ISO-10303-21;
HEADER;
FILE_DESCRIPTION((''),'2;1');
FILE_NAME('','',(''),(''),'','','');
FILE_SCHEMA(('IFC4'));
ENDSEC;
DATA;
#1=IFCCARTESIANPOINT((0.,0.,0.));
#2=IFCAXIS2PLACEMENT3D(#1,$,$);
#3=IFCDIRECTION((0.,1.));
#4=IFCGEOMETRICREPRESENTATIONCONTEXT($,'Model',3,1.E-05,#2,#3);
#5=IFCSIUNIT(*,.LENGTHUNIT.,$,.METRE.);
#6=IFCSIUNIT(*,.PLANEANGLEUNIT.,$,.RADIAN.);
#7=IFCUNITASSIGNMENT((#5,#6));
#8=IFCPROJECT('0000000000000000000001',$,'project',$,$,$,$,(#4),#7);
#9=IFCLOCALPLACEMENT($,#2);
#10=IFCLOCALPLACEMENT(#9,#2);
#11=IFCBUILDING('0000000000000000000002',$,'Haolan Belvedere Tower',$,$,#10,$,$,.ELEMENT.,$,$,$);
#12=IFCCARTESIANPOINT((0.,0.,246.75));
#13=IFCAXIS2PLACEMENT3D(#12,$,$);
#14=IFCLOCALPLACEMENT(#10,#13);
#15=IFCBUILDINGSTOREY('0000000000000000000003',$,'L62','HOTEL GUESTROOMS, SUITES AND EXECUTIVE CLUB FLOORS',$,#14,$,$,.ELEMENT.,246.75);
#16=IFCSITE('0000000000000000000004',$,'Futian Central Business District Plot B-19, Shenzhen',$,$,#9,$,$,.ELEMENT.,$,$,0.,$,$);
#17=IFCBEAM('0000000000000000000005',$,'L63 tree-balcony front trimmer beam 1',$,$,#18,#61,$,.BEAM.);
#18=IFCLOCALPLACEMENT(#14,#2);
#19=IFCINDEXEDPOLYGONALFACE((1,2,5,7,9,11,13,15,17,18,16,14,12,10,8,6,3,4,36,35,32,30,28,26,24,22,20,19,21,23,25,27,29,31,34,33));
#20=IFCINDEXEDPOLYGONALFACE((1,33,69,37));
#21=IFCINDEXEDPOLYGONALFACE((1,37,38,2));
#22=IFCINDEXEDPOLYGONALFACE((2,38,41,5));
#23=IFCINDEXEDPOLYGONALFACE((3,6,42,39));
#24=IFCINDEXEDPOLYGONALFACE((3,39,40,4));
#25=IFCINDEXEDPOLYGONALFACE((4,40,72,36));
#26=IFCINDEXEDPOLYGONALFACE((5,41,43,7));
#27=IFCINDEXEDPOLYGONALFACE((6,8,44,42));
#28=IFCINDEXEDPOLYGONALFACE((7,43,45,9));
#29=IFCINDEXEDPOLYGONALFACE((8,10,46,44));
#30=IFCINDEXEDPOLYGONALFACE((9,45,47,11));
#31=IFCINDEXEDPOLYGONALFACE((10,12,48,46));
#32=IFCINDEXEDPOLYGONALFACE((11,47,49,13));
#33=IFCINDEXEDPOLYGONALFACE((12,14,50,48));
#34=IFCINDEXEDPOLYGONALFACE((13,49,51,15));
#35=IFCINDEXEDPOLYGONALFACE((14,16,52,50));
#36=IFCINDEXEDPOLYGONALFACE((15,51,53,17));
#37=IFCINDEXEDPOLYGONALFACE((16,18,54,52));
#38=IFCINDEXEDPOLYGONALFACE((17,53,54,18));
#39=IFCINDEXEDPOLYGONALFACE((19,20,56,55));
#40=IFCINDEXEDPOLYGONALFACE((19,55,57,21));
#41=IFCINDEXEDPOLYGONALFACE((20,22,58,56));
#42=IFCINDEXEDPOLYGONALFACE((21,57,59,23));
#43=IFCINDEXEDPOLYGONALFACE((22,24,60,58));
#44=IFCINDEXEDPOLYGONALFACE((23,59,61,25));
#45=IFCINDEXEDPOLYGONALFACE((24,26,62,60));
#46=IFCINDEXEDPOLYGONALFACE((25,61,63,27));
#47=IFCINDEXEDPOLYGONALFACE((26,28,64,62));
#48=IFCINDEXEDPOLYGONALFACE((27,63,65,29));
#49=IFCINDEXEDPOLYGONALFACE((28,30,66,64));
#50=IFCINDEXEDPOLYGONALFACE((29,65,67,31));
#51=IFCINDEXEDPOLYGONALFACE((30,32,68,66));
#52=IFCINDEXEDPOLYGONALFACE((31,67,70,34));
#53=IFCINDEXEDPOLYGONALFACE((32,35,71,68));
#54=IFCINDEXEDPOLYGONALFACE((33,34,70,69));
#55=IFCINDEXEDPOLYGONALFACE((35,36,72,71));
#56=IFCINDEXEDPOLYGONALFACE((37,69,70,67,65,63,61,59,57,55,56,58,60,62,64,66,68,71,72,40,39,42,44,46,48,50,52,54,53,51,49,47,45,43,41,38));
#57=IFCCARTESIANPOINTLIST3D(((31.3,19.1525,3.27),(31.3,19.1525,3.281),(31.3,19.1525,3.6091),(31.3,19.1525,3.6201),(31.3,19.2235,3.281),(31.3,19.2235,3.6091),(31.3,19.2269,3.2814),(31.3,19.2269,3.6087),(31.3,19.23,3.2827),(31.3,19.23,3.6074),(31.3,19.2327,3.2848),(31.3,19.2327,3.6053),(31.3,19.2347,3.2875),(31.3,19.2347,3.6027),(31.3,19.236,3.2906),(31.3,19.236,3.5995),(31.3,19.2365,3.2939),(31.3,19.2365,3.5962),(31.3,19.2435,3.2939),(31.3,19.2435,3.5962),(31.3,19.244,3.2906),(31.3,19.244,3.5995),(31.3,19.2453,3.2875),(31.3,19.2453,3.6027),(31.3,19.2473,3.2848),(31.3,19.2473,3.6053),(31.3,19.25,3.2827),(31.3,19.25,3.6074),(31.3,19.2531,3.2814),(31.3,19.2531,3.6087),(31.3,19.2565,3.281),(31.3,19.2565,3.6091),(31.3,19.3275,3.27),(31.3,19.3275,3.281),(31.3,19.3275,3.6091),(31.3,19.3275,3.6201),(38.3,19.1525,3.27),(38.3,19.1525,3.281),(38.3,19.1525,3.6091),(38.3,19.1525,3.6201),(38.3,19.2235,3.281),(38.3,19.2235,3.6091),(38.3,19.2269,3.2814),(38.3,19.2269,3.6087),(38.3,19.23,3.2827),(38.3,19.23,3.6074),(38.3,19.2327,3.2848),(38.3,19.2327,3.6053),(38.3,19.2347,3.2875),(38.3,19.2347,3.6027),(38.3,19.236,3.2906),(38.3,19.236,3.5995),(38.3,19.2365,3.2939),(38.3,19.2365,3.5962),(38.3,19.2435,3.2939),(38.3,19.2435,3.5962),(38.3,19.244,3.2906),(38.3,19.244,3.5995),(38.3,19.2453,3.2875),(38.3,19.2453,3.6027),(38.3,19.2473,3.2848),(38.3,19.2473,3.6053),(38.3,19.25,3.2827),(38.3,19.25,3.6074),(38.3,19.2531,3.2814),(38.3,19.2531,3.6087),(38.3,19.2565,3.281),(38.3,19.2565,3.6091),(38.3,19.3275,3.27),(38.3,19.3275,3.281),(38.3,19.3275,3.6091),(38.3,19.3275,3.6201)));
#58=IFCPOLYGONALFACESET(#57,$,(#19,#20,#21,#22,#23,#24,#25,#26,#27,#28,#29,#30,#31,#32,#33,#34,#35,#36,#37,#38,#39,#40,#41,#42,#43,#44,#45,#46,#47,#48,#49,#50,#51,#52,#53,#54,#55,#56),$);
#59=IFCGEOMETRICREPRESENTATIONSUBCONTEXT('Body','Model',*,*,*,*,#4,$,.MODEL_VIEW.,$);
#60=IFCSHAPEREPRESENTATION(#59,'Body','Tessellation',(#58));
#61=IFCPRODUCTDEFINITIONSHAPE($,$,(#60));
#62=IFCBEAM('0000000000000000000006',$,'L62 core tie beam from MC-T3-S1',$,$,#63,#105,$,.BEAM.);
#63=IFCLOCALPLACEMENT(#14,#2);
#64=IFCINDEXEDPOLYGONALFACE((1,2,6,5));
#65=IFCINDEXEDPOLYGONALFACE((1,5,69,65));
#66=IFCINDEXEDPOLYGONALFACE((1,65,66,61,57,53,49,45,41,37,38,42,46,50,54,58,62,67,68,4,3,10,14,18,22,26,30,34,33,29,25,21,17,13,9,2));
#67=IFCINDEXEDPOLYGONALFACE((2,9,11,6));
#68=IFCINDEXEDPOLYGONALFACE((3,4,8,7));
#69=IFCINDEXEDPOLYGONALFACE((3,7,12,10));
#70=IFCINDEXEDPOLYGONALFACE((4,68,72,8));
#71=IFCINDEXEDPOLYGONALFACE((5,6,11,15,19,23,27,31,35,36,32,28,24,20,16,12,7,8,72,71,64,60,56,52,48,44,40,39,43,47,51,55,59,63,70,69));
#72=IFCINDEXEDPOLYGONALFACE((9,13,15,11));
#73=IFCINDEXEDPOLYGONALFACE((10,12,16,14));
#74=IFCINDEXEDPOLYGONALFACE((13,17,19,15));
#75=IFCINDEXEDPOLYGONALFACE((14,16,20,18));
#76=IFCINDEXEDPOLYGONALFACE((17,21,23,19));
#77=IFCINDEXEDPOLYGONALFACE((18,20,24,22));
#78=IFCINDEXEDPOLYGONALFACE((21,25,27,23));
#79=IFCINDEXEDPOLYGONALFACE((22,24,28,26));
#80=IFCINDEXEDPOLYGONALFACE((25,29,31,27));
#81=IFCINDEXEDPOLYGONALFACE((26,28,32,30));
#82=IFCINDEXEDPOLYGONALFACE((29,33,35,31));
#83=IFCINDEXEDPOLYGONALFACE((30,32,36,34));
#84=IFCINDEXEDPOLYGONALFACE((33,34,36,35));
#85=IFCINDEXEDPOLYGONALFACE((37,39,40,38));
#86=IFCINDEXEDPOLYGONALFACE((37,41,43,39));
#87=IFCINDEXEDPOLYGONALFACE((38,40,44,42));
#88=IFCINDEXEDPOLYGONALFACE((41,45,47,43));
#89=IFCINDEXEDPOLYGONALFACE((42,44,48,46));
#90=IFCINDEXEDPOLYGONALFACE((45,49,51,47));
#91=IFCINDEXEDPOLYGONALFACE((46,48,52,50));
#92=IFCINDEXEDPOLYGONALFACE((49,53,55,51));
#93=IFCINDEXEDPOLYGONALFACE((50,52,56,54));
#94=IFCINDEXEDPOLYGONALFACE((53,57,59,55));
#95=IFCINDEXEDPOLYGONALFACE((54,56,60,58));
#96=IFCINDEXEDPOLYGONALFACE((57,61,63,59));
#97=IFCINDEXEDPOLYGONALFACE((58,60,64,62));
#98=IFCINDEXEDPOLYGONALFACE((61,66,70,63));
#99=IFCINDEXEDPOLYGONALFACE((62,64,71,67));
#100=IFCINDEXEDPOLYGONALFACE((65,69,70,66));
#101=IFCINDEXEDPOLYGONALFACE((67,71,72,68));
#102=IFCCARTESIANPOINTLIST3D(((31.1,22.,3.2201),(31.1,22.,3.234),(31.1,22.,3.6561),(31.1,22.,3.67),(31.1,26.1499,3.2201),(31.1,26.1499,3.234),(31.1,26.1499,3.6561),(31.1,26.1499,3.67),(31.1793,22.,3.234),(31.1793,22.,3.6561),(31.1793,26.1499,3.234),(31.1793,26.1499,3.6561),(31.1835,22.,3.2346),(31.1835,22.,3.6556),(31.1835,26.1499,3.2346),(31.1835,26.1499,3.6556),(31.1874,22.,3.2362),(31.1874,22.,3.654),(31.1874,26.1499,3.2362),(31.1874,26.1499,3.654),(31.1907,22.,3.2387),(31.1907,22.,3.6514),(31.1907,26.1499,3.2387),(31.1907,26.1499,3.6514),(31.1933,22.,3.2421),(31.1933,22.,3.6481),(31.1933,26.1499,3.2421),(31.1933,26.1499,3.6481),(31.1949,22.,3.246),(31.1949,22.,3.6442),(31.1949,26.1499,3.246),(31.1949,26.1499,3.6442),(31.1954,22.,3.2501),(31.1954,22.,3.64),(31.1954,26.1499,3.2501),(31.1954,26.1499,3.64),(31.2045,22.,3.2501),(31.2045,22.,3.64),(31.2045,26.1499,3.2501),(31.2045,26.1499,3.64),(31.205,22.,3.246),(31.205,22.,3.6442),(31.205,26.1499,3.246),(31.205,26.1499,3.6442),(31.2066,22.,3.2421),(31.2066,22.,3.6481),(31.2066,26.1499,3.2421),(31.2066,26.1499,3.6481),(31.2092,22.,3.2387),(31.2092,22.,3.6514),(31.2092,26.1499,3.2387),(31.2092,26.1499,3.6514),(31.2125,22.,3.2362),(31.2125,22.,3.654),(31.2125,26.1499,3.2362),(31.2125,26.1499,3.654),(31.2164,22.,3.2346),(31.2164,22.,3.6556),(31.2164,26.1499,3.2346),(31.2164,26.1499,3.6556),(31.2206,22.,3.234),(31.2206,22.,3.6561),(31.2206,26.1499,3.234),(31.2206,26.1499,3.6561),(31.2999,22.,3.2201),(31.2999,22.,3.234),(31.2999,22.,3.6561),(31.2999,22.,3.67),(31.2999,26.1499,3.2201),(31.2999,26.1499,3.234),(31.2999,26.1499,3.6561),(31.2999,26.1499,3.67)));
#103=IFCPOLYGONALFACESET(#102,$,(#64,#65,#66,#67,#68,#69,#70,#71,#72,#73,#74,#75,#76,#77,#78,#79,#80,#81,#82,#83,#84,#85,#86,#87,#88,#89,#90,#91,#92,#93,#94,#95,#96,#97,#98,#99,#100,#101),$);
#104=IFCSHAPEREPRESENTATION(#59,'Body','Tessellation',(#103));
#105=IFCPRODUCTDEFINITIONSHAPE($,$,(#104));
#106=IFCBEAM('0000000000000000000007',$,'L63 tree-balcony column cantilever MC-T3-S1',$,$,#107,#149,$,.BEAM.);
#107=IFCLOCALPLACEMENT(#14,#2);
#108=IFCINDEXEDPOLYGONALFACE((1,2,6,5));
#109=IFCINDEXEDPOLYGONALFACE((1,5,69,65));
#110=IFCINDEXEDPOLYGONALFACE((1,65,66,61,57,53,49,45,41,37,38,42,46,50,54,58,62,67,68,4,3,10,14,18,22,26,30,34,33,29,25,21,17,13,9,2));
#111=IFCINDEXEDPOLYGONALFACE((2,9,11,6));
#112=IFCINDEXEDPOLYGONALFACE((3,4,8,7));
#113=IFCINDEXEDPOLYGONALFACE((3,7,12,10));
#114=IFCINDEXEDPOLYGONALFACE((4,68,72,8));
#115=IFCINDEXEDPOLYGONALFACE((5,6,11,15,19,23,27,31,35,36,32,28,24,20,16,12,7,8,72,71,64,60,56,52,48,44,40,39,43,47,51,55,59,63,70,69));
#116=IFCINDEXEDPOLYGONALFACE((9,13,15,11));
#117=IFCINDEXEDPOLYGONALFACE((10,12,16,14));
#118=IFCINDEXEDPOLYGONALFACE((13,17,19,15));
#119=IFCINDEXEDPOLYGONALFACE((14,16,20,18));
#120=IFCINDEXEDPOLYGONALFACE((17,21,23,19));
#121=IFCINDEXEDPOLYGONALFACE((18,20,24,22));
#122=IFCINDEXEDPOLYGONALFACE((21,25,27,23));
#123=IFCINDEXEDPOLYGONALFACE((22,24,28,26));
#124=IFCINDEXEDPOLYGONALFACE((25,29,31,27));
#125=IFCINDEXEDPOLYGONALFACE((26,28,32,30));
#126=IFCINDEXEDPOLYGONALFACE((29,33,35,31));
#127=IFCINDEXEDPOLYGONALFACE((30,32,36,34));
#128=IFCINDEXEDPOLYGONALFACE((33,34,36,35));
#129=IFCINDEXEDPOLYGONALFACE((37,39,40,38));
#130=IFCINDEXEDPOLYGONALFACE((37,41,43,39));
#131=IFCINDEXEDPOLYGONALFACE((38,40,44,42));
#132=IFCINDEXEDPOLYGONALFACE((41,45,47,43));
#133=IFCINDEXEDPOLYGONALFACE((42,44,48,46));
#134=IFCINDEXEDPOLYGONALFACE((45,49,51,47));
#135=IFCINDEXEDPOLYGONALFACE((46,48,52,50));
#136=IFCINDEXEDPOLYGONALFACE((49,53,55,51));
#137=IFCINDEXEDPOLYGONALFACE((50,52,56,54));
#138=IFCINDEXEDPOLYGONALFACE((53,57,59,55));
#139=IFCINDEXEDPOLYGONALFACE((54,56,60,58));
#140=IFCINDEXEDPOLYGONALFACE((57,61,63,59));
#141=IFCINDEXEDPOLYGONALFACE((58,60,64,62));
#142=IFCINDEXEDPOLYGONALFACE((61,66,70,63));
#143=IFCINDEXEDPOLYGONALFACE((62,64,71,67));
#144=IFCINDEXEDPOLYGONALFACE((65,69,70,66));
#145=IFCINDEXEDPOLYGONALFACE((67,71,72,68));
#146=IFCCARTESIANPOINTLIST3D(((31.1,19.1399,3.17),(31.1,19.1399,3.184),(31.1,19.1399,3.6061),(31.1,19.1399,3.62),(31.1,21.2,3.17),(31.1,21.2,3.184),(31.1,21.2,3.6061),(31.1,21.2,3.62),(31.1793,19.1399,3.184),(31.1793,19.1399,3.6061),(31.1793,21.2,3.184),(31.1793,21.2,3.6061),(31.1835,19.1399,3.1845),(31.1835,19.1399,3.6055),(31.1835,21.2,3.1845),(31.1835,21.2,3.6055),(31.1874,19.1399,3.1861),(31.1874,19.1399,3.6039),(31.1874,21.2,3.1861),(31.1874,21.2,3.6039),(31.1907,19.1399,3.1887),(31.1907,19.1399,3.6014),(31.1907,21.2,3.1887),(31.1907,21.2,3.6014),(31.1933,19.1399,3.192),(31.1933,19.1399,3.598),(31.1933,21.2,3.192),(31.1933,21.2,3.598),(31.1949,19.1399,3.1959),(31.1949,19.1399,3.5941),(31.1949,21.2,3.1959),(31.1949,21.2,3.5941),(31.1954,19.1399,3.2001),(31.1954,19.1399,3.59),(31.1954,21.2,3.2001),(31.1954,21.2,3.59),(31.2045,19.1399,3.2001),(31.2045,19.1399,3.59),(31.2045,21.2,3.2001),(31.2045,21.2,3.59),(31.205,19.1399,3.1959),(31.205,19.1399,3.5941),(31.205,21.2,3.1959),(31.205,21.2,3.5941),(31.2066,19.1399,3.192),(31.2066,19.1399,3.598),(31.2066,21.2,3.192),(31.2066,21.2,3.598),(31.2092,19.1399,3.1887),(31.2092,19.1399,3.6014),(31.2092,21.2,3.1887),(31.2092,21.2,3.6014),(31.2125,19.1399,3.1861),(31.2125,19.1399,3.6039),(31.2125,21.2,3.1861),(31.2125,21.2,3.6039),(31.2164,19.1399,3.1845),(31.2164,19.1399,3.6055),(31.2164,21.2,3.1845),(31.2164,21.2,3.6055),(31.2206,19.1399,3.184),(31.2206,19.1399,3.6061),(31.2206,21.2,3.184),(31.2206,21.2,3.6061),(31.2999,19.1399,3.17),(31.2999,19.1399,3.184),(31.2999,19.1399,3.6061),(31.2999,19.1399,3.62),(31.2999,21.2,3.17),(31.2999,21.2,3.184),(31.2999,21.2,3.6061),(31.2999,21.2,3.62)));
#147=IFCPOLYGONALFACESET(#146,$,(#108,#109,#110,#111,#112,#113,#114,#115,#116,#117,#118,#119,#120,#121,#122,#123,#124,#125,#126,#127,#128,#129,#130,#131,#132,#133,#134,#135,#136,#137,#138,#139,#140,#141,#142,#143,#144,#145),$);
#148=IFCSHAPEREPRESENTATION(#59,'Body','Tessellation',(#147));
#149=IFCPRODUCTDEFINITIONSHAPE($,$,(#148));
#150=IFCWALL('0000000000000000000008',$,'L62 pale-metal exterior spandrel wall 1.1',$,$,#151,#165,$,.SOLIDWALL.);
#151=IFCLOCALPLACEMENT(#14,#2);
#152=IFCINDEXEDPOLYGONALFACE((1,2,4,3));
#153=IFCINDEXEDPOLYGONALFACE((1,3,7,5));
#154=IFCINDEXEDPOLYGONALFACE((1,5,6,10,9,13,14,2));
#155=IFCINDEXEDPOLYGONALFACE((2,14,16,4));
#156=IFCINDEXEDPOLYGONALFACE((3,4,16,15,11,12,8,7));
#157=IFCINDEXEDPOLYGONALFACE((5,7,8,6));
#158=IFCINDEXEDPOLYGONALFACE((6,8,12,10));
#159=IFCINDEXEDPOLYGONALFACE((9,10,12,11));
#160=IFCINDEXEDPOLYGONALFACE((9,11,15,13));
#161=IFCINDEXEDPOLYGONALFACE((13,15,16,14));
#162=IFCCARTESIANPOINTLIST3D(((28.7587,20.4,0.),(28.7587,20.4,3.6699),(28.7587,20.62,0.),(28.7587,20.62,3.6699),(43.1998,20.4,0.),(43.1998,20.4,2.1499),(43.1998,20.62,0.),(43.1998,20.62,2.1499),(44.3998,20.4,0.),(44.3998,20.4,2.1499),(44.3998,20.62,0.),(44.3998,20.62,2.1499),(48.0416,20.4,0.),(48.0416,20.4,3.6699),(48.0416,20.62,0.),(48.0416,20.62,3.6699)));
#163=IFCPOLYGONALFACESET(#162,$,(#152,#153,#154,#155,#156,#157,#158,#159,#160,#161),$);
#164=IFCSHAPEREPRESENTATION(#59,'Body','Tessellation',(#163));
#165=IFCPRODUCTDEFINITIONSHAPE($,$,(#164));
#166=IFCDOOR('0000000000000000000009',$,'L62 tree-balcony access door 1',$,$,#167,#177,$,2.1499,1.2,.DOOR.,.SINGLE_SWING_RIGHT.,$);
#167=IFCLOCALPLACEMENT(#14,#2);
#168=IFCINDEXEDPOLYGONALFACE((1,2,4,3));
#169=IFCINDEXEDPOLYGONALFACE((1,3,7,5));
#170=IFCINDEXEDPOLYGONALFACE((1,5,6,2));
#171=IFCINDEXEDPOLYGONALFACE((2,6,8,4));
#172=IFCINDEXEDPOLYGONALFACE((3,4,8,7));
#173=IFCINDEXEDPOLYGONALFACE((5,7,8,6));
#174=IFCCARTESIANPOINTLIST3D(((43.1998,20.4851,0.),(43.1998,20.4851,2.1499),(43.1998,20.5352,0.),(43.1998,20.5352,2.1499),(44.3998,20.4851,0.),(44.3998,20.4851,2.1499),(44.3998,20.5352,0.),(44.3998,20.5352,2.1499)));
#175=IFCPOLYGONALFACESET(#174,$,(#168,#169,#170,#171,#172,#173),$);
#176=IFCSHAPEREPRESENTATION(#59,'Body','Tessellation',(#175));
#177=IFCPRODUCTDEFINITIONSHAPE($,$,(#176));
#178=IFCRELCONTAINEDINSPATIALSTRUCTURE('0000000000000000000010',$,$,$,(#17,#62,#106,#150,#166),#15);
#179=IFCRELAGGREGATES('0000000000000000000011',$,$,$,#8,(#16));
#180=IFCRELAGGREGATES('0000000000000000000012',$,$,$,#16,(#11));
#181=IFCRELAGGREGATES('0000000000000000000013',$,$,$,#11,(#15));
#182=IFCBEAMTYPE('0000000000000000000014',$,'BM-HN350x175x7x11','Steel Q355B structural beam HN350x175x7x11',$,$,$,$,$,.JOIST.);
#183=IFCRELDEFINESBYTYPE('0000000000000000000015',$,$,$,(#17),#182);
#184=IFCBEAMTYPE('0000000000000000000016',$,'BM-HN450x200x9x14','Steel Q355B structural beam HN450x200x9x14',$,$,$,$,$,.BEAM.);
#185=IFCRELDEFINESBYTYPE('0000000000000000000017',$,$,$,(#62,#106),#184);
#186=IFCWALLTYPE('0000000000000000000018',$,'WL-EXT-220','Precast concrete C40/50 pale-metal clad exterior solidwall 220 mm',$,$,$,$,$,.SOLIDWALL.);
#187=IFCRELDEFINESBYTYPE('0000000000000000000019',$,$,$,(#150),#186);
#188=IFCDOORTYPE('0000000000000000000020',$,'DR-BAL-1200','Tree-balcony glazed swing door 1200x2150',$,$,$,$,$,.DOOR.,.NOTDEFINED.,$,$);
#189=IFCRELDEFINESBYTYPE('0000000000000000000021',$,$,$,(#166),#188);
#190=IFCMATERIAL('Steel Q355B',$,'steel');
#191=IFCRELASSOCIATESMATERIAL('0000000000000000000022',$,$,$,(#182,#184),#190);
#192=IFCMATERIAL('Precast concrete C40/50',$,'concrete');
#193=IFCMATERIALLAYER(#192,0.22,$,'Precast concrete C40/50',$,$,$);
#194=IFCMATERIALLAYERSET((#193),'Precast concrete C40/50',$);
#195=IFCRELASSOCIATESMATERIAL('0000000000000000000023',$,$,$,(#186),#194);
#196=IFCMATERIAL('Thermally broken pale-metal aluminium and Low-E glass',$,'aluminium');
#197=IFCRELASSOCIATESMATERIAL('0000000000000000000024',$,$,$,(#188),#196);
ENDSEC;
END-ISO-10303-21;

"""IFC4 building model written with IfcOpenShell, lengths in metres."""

from ifc_helpers import new_model, si_unit, direction, frame, frame_2d, origin, origin_2d, place, context, subcontext, project, spatial, rectangle, i_section, extrude, material, layer, layer_set, material_profile, profile_set, type_object, element, fill, save


model = new_model("IFC4")

# Units and contexts
model_context = context("Model", 3, precision=1e-05, world=origin(), true_north=direction((0.0, 1.0)))
body_context = subcontext(model_context, "Body", "Model", "MODEL_VIEW")
ifc_project = project(units=[si_unit("LENGTHUNIT", "METRE"), si_unit("PLANEANGLEUNIT", "RADIAN")], contexts=[model_context])

# Site, building, storey
site_placement = place(None, origin())
site = spatial("IfcSite", under=ifc_project, at=site_placement, Name="Futian Central Business District Plot B-19, Shenzhen", CompositionType="ELEMENT", RefElevation=0.0)
building_placement = place(site_placement, origin())
building = spatial("IfcBuilding", under=site, at=building_placement, Name="Haolan Belvedere Tower", CompositionType="ELEMENT")
storey_placement = place(building_placement, frame((0.0, 0.0, 246.75)))
storey = spatial("IfcBuildingStorey", under=building, at=storey_placement, Name="L62", Description="HOTEL GUESTROOMS, SUITES AND EXECUTIVE CLUB FLOORS", CompositionType="ELEMENT", Elevation=246.75)

# Beams
ifc_material_1 = material(Name="Steel Q355B", Category="steel")
ifc_material_profile_1 = material_profile(ifc_material_1, i_section(OverallWidth=0.175, OverallDepth=0.3501, WebThickness=0.0071, FlangeThickness=0.011, FilletRadius=0.0129, at=origin_2d()), Name="Steel Q355B")
ifc_profile_set_1 = profile_set([ifc_material_profile_1], Name="Steel Q355B")
beam_type_1 = type_object("IfcBeamType", Name="BM-HN350x175x7x11", Description="Steel Q355B structural beam HN350x175x7x11", PredefinedType="JOIST", material=ifc_profile_set_1)
beam_1_placement = place(storey_placement, frame((31.3, 19.24, 3.4451), z_axis=(1.0, 0.0, 0.0), x_axis=(0.0, 1.0, 0.0)))
element("IfcBeam", 1, at=beam_1_placement, inside=storey, type_object=beam_type_1, Name="L63 tree-balcony front trimmer beam 1", PredefinedType="BEAM", context=body_context, shape_type="SweptSolid", body=[
    extrude(i_section(OverallWidth=0.175, OverallDepth=0.3501, WebThickness=0.0071, FlangeThickness=0.011, FilletRadius=0.0129, at=origin_2d()), origin(), (0.0, 0.0, 1.0), 7.0),
])
ifc_material_profile_2 = material_profile(ifc_material_1, i_section(OverallWidth=0.2, OverallDepth=0.45, WebThickness=0.009, FlangeThickness=0.0139, FilletRadius=0.0161, at=origin_2d()), Name="Steel Q355B")
ifc_profile_set_2 = profile_set([ifc_material_profile_2], Name="Steel Q355B")
beam_type_2 = type_object("IfcBeamType", Name="BM-HN450x200x9x14", Description="Steel Q355B structural beam HN450x200x9x14", PredefinedType="BEAM", material=ifc_profile_set_2)
beam_2_placement = place(storey_placement, frame((31.2, 22.0, 3.4451), z_axis=(0.0, 1.0, 0.0), x_axis=(-1.0, 0.0, 0.0)))
element("IfcBeam", 2, at=beam_2_placement, inside=storey, type_object=beam_type_2, Name="L62 core tie beam from MC-T3-S1", PredefinedType="BEAM", context=body_context, shape_type="SweptSolid", body=[
    extrude(i_section(OverallWidth=0.2, OverallDepth=0.45, WebThickness=0.009, FlangeThickness=0.0139, FilletRadius=0.0161, at=origin_2d()), origin(), (0.0, 0.0, 1.0), 4.1499),
])
beam_3_placement = place(storey_placement, frame((31.2, 21.2, 3.395), z_axis=(0.0, -1.0, 0.0), x_axis=(1.0, 0.0, 0.0)))
element("IfcBeam", 3, at=beam_3_placement, inside=storey, type_object=beam_type_2, Name="L63 tree-balcony column cantilever MC-T3-S1", PredefinedType="BEAM", context=body_context, shape_type="SweptSolid", body=[
    extrude(i_section(OverallWidth=0.2, OverallDepth=0.45, WebThickness=0.009, FlangeThickness=0.0139, FilletRadius=0.0161, at=origin_2d()), origin(), (0.0, 0.0, 1.0), 2.0601),
])

# Wall, opening, door
ifc_material_2 = material(Name="Precast concrete C40/50", Category="concrete")
ifc_layer_1 = layer(ifc_material_2, 0.22, Name="Precast concrete C40/50")
ifc_layer_set_1 = layer_set([ifc_layer_1], Name="Precast concrete C40/50")
wall_type_1 = type_object("IfcWallType", Name="WL-EXT-220", Description="Precast concrete C40/50 pale-metal clad exterior solidwall 220 mm", PredefinedType="SOLIDWALL", material=ifc_layer_set_1)
wall_1_placement = place(storey_placement, frame((28.7585, 20.51, 0.0), z_axis=(0.0, 0.0, 1.0), x_axis=(1.0, 0.0, 0.0)))
wall_1 = element("IfcWall", 4, at=wall_1_placement, inside=storey, type_object=wall_type_1, Name="L62 pale-metal exterior spandrel wall 1.1", PredefinedType="SOLIDWALL", context=body_context, shape_type="SweptSolid", body=[
    extrude(rectangle(XDim=19.283, YDim=0.22, at=frame_2d((9.6416, 0.0))), origin(), (0.0, 0.0, 1.0), 3.6699),
])
opening_1_placement = place(wall_1_placement, frame((15.6414, 0.0, 0.0), z_axis=(0.0, 0.0, 1.0), x_axis=(-1.0, 0.0, 0.0)))
opening_1 = element("IfcOpeningElement", 5, at=opening_1_placement, cuts=wall_1, PredefinedType="OPENING", context=body_context, shape_type="SweptSolid", body=[
    extrude(rectangle(XDim=1.2, YDim=2.1499, at=frame_2d((0.6001, 1.075))), frame((0.0, 0.1199, 0.0), z_axis=(0.0, -1.0, 0.0), x_axis=(1.0, 0.0, 0.0)), (0.0, 0.0, 1.0), 0.24),
])
ifc_material_3 = material(Name="Thermally broken pale-metal aluminium and Low-E glass", Category="aluminium")
door_type_1 = type_object("IfcDoorType", Name="DR-BAL-1200", Description="Tree-balcony glazed swing door 1200x2150", OperationType="NOTDEFINED", PredefinedType="DOOR", material=ifc_material_3)
door_1_placement = place(opening_1_placement, origin())
door_1 = element("IfcDoor", 6, at=door_1_placement, inside=storey, type_object=door_type_1, Name="L62 tree-balcony access door 1", OperationType="SINGLE_SWING_RIGHT", OverallHeight=2.1499, OverallWidth=1.2, PredefinedType="DOOR", context=body_context, shape_type="SweptSolid", body=[
    extrude(rectangle(XDim=1.2, YDim=2.1499, at=frame_2d((0.6001, 1.075))), frame((0.0, 0.0249, 0.0), z_axis=(0.0, -1.0, 0.0), x_axis=(1.0, 0.0, 0.0)), (0.0, 0.0, 1.0), 0.05),
])
fill(opening_1, door_1)

save(model, "model.ifc")
